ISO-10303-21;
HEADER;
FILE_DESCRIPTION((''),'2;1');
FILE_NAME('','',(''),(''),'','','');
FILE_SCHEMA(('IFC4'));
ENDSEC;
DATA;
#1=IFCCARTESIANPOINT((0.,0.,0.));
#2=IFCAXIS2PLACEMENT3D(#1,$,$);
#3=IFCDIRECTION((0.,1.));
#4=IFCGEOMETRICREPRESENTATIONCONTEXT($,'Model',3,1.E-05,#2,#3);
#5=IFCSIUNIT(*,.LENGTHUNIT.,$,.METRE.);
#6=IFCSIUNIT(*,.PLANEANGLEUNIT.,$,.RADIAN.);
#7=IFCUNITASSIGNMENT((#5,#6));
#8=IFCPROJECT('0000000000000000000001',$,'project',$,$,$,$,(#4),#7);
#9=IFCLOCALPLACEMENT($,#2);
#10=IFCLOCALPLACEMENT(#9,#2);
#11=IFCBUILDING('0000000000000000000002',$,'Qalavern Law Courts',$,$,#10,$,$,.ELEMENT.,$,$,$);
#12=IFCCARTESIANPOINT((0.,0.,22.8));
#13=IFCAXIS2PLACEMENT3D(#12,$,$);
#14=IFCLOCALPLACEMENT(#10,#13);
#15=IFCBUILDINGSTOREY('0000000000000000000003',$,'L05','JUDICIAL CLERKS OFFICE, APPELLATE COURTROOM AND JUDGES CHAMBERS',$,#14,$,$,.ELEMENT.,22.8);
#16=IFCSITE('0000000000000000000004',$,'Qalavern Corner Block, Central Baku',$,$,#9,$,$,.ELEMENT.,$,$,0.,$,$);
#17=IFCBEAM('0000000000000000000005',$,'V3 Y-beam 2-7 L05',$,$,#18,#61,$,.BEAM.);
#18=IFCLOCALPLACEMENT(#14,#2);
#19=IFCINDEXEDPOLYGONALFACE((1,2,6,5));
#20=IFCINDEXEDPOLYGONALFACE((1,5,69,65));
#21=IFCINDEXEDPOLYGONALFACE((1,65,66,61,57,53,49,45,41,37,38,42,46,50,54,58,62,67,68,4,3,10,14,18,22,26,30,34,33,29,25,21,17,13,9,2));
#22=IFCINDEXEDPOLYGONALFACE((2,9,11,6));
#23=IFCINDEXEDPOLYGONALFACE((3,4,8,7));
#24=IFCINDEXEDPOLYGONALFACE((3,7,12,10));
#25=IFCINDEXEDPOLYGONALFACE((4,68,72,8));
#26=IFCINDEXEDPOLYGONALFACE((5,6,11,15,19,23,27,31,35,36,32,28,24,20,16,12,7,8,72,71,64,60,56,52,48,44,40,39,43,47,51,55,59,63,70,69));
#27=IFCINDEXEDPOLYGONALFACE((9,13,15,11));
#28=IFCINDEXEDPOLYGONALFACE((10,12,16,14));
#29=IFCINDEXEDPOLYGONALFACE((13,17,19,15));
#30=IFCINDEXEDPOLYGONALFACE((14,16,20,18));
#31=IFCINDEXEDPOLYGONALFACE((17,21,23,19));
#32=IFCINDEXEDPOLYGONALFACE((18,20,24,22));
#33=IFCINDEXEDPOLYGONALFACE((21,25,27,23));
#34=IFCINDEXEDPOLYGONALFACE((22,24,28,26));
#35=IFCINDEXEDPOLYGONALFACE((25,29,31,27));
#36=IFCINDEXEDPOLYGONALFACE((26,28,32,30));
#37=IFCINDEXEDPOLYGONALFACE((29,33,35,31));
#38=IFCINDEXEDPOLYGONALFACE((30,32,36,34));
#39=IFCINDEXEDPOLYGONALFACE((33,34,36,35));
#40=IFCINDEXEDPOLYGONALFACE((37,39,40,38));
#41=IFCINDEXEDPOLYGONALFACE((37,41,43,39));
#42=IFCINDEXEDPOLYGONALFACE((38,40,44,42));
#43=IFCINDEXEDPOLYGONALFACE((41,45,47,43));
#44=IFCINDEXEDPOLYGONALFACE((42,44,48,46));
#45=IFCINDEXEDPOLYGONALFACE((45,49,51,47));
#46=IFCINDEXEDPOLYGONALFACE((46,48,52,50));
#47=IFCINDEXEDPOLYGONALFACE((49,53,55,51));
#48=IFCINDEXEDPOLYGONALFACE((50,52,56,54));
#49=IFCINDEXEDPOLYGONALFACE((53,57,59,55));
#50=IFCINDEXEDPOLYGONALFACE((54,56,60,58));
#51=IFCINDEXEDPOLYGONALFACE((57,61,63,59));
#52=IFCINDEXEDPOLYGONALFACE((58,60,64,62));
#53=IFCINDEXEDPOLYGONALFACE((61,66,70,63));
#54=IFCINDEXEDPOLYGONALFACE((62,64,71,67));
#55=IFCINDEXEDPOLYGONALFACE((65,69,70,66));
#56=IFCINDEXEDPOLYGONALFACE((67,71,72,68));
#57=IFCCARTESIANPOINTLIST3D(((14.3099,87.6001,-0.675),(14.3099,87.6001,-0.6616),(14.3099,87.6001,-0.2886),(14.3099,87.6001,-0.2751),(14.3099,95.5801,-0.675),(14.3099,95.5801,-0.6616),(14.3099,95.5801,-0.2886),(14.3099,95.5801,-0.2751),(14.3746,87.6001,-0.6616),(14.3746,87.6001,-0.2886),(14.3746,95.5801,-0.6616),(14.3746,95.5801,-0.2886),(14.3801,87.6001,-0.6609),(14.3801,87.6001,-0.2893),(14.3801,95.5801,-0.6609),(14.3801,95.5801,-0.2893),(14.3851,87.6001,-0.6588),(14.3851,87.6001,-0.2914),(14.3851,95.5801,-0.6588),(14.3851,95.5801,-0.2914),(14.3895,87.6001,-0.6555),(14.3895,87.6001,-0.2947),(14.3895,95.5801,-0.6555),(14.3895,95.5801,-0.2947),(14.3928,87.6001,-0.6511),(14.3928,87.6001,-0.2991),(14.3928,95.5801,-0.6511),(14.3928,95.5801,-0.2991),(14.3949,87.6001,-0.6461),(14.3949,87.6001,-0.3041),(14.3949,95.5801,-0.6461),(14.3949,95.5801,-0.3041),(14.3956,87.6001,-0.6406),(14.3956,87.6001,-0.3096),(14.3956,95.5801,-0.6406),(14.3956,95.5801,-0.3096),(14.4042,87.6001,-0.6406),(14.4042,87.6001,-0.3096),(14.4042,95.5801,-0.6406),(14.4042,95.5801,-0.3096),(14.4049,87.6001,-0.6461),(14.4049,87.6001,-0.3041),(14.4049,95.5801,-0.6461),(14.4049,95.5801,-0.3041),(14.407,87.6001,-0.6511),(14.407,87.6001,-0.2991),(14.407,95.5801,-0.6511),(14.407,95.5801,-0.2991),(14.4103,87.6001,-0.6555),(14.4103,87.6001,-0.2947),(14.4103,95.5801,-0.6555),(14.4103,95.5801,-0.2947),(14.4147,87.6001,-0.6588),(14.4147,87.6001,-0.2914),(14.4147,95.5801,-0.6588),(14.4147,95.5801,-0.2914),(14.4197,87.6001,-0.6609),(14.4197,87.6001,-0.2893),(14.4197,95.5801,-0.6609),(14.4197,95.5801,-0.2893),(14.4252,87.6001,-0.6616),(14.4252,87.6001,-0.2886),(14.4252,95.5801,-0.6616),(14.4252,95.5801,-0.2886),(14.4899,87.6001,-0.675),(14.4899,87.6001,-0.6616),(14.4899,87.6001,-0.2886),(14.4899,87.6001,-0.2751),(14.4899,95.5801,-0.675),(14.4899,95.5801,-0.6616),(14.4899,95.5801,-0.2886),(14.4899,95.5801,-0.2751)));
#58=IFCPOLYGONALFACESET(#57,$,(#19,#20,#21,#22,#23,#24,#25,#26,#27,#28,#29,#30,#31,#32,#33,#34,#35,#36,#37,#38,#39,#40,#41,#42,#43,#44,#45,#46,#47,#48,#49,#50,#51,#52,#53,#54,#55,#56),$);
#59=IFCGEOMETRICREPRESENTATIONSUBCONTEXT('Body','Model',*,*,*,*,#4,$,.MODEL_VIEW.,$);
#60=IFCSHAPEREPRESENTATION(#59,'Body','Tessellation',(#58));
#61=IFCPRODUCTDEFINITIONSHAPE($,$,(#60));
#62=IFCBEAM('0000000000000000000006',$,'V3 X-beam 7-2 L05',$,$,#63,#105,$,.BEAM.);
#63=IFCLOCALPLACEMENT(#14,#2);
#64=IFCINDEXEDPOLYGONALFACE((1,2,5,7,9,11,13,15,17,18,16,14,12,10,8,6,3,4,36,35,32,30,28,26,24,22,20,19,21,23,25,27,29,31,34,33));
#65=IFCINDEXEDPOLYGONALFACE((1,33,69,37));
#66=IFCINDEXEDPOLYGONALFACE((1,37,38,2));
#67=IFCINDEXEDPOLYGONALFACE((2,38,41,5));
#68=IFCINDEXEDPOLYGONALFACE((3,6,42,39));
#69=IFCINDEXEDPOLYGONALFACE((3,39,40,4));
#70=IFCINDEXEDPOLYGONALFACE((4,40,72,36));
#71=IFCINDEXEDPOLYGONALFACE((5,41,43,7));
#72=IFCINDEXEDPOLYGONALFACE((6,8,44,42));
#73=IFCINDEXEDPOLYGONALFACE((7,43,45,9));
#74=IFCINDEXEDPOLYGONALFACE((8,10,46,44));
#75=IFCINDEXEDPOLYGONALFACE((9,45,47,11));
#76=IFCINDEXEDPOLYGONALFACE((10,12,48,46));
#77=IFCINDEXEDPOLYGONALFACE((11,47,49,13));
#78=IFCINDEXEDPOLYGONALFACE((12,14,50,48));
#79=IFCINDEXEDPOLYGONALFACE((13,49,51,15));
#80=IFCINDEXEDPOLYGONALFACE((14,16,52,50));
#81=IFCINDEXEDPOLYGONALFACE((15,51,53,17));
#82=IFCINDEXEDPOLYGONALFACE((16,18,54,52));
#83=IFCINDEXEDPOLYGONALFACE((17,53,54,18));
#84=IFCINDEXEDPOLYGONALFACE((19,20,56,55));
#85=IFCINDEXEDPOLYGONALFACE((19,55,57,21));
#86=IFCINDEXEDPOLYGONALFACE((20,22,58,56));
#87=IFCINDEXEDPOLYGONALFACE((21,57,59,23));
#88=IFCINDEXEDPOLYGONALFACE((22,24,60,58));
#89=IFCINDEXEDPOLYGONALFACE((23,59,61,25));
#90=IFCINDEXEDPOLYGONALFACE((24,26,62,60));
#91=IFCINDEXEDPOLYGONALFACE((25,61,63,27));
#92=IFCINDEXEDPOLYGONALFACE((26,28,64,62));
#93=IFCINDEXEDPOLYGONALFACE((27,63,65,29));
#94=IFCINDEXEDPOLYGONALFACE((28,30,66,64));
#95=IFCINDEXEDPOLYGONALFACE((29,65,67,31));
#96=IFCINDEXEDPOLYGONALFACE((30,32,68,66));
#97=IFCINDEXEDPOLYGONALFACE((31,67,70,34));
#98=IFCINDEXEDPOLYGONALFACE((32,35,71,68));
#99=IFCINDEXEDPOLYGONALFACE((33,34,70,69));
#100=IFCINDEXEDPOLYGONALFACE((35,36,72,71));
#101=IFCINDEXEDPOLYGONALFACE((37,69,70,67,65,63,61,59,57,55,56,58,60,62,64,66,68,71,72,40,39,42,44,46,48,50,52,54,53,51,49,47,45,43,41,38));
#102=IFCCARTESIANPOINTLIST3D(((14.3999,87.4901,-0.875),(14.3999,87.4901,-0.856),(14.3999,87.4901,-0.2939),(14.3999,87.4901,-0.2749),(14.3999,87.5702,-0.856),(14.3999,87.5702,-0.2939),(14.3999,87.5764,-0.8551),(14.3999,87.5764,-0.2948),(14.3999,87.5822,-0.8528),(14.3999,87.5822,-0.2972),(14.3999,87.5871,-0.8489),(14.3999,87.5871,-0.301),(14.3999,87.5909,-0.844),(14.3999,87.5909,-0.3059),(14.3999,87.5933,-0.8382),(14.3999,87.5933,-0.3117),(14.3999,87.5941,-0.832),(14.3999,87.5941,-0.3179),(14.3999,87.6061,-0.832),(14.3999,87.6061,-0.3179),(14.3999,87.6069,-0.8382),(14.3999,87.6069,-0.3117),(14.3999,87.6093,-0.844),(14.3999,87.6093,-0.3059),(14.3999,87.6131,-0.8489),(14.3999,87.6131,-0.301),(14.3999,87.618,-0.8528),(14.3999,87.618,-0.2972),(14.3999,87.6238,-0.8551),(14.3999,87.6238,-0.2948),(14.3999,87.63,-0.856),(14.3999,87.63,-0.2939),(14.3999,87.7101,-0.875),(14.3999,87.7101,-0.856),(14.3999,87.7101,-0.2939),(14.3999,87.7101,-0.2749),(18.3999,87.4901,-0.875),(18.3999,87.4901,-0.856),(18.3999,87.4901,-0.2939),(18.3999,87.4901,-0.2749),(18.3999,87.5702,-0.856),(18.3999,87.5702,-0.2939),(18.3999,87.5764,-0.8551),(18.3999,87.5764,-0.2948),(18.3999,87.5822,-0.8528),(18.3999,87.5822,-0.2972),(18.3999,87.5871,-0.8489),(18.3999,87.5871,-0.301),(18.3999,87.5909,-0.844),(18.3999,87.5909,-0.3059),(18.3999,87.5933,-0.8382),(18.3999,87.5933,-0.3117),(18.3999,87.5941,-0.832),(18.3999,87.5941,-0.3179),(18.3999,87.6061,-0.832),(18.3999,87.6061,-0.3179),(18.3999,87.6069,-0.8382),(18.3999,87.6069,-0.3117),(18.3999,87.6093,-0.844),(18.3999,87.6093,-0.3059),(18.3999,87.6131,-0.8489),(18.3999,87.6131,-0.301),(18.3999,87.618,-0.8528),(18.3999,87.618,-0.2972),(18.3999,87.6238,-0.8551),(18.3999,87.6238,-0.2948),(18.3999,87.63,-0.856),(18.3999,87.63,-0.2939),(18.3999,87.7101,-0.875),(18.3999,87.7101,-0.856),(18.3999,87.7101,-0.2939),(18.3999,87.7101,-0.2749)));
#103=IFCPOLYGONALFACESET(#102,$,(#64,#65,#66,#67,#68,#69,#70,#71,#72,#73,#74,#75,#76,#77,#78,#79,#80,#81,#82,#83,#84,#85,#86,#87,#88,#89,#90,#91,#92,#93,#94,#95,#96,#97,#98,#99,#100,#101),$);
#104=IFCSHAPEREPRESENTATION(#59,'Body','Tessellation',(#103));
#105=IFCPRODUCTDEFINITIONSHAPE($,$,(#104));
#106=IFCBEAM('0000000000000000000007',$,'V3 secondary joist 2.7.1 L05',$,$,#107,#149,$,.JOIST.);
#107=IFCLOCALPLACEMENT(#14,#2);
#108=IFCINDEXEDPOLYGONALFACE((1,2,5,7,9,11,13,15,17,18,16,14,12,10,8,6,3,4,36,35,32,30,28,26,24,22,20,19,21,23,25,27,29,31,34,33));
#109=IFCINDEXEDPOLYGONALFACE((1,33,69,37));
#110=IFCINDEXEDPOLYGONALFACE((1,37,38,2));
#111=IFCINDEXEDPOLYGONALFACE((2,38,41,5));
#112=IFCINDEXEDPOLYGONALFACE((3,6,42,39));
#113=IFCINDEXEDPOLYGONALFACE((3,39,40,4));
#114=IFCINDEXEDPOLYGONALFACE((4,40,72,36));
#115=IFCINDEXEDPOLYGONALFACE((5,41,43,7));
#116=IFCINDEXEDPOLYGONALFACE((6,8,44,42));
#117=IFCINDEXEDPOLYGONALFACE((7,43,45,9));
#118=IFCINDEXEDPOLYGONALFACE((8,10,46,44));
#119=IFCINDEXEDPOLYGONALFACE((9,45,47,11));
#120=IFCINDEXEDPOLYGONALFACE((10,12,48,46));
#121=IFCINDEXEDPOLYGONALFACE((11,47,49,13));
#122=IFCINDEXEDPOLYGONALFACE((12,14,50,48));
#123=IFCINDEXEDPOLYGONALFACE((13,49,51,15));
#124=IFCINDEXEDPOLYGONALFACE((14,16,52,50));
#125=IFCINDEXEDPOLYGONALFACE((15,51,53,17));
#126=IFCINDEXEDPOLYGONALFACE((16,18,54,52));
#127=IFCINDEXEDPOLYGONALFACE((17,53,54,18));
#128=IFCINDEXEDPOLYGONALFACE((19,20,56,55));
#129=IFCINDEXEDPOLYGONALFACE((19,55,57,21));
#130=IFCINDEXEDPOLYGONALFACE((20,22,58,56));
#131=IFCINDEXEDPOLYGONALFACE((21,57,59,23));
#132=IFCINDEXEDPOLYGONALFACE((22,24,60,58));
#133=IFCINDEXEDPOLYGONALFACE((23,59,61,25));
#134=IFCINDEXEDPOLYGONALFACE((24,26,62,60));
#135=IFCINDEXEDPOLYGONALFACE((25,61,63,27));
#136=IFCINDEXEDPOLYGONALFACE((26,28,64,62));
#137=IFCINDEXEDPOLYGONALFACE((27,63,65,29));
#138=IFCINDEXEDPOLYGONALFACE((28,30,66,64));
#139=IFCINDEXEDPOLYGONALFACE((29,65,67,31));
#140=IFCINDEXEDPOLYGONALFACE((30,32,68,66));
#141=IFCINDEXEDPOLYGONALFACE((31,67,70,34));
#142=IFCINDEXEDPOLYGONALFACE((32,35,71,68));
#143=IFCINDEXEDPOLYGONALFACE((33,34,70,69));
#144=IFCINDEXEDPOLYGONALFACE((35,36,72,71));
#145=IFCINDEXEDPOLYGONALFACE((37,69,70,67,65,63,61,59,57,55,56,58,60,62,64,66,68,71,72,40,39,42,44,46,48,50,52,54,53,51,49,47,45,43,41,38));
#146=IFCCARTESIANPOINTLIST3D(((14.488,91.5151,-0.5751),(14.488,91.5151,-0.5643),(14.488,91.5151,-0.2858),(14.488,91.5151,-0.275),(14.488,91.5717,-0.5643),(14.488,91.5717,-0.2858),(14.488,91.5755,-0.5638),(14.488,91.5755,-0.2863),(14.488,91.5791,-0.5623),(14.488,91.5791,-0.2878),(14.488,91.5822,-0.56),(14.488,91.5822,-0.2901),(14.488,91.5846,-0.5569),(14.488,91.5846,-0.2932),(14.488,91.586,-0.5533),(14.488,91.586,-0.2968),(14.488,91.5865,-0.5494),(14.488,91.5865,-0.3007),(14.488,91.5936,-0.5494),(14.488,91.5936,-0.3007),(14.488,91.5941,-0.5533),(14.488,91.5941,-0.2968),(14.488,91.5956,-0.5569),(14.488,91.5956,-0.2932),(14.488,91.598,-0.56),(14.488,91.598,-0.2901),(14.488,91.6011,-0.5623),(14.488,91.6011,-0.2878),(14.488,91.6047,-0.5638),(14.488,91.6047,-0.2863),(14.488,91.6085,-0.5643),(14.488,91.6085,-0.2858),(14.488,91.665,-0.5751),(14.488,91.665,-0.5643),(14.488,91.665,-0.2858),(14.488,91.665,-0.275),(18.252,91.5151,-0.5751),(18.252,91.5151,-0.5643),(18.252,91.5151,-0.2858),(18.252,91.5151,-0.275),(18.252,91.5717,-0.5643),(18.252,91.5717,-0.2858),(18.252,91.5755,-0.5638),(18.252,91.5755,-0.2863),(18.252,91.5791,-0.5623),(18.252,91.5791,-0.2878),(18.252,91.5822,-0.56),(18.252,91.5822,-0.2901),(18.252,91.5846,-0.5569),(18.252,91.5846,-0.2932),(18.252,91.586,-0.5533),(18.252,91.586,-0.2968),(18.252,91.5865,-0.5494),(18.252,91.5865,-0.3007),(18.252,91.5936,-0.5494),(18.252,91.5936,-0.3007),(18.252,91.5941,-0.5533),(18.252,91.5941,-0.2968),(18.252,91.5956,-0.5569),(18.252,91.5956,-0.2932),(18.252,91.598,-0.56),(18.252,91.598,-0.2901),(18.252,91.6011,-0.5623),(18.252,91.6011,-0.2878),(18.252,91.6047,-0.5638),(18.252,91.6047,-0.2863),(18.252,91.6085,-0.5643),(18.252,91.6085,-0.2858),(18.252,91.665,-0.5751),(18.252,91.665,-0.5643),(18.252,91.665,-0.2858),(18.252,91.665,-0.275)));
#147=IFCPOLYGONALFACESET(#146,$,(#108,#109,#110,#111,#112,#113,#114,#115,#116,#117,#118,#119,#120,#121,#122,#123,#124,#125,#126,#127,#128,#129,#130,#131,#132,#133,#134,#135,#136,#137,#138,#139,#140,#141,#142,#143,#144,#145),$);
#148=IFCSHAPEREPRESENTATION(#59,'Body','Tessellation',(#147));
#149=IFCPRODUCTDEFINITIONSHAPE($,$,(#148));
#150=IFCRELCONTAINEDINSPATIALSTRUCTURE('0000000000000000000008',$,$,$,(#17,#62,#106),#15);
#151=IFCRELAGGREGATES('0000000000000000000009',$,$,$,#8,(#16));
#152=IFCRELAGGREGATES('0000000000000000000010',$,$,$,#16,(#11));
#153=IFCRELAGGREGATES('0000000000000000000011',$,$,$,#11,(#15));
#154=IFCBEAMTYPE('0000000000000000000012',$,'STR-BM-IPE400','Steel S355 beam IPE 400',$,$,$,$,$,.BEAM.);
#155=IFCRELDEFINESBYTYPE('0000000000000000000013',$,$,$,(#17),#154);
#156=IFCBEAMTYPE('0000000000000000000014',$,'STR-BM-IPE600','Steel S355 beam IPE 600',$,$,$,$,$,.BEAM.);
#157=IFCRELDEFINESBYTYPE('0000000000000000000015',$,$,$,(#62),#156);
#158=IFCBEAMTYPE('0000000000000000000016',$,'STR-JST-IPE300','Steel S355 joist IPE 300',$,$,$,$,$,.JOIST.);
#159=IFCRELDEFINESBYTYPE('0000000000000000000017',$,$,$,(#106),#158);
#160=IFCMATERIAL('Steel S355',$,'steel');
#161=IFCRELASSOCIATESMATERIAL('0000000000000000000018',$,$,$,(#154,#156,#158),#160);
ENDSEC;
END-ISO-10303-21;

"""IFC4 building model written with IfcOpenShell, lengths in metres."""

from ifc_helpers import new_model, si_unit, direction, frame, origin, origin_2d, place, context, subcontext, project, spatial, i_section, extrude, material, material_profile, profile_set, type_object, element, save


model = new_model("IFC4")

# Units and contexts
model_context = context("Model", 3, precision=1e-05, world=origin(), true_north=direction((0.0, 1.0)))
body_context = subcontext(model_context, "Body", "Model", "MODEL_VIEW")
ifc_project = project(units=[si_unit("LENGTHUNIT", "METRE"), si_unit("PLANEANGLEUNIT", "RADIAN")], contexts=[model_context])

# Site, building, storey
site_placement = place(None, origin())
site = spatial("IfcSite", under=ifc_project, at=site_placement, Name="Qalavern Corner Block, Central Baku", CompositionType="ELEMENT", RefElevation=0.0)
building_placement = place(site_placement, origin())
building = spatial("IfcBuilding", under=site, at=building_placement, Name="Qalavern Law Courts", CompositionType="ELEMENT")
storey_placement = place(building_placement, frame((0.0, 0.0, 22.8)))
storey = spatial("IfcBuildingStorey", under=building, at=storey_placement, Name="L05", Description="JUDICIAL CLERKS OFFICE, APPELLATE COURTROOM AND JUDGES CHAMBERS", CompositionType="ELEMENT", Elevation=22.8)

# Beams
ifc_material_1 = material(Name="Steel S355", Category="steel")
ifc_material_profile_1 = material_profile(ifc_material_1, i_section(OverallWidth=0.1799, OverallDepth=0.3999, WebThickness=0.0085, FlangeThickness=0.0134, FilletRadius=0.021, at=origin_2d()), Name="IPE 400")
ifc_profile_set_1 = profile_set([ifc_material_profile_1], Name="Steel S355")
beam_type_1 = type_object("IfcBeamType", Name="STR-BM-IPE400", Description="Steel S355 beam IPE 400", PredefinedType="BEAM", material=ifc_profile_set_1)
beam_1_placement = place(storey_placement, frame((14.3999, 87.6001, -0.4751), z_axis=(0.0, 1.0, 0.0), x_axis=(-1.0, 0.0, 0.0)))
element("IfcBeam", 1, at=beam_1_placement, inside=storey, type_object=beam_type_1, Name="V3 Y-beam 2-7 L05", PredefinedType="BEAM", context=body_context, shape_type="SweptSolid", body=[
    extrude(i_section(OverallWidth=0.1799, OverallDepth=0.3999, WebThickness=0.0085, FlangeThickness=0.0134, FilletRadius=0.021, at=origin_2d()), origin(), (0.0, 0.0, 1.0), 7.98),
])
ifc_material_profile_2 = material_profile(ifc_material_1, i_section(OverallWidth=0.22, OverallDepth=0.6001, WebThickness=0.012, FlangeThickness=0.019, FilletRadius=0.0239, at=origin_2d()), Name="IPE 600")
ifc_profile_set_2 = profile_set([ifc_material_profile_2], Name="Steel S355")
beam_type_2 = type_object("IfcBeamType", Name="STR-BM-IPE600", Description="Steel S355 beam IPE 600", PredefinedType="BEAM", material=ifc_profile_set_2)
beam_2_placement = place(storey_placement, frame((14.3999, 87.6001, -0.575), z_axis=(1.0, 0.0, 0.0), x_axis=(0.0, 1.0, 0.0)))
element("IfcBeam", 2, at=beam_2_placement, inside=storey, type_object=beam_type_2, Name="V3 X-beam 7-2 L05", PredefinedType="BEAM", context=body_context, shape_type="SweptSolid", body=[
    extrude(i_section(OverallWidth=0.22, OverallDepth=0.6001, WebThickness=0.012, FlangeThickness=0.019, FilletRadius=0.0239, at=origin_2d()), origin(), (0.0, 0.0, 1.0), 4.0),
])
ifc_material_profile_3 = material_profile(ifc_material_1, i_section(OverallWidth=0.1499, OverallDepth=0.3, WebThickness=0.0071, FlangeThickness=0.0107, FilletRadius=0.0149, at=origin_2d()), Name="IPE 300")
ifc_profile_set_3 = profile_set([ifc_material_profile_3], Name="Steel S355")
beam_type_3 = type_object("IfcBeamType", Name="STR-JST-IPE300", Description="Steel S355 joist IPE 300", PredefinedType="JOIST", material=ifc_profile_set_3)
beam_3_placement = place(storey_placement, frame((14.488, 91.5901, -0.425), z_axis=(1.0, 0.0, 0.0), x_axis=(0.0, 1.0, 0.0)))
element("IfcBeam", 3, at=beam_3_placement, inside=storey, type_object=beam_type_3, Name="V3 secondary joist 2.7.1 L05", PredefinedType="JOIST", context=body_context, shape_type="SweptSolid", body=[
    extrude(i_section(OverallWidth=0.1499, OverallDepth=0.3, WebThickness=0.0071, FlangeThickness=0.0107, FilletRadius=0.0149, at=origin_2d()), origin(), (0.0, 0.0, 1.0), 3.7639),
])

save(model, "model.ifc")
